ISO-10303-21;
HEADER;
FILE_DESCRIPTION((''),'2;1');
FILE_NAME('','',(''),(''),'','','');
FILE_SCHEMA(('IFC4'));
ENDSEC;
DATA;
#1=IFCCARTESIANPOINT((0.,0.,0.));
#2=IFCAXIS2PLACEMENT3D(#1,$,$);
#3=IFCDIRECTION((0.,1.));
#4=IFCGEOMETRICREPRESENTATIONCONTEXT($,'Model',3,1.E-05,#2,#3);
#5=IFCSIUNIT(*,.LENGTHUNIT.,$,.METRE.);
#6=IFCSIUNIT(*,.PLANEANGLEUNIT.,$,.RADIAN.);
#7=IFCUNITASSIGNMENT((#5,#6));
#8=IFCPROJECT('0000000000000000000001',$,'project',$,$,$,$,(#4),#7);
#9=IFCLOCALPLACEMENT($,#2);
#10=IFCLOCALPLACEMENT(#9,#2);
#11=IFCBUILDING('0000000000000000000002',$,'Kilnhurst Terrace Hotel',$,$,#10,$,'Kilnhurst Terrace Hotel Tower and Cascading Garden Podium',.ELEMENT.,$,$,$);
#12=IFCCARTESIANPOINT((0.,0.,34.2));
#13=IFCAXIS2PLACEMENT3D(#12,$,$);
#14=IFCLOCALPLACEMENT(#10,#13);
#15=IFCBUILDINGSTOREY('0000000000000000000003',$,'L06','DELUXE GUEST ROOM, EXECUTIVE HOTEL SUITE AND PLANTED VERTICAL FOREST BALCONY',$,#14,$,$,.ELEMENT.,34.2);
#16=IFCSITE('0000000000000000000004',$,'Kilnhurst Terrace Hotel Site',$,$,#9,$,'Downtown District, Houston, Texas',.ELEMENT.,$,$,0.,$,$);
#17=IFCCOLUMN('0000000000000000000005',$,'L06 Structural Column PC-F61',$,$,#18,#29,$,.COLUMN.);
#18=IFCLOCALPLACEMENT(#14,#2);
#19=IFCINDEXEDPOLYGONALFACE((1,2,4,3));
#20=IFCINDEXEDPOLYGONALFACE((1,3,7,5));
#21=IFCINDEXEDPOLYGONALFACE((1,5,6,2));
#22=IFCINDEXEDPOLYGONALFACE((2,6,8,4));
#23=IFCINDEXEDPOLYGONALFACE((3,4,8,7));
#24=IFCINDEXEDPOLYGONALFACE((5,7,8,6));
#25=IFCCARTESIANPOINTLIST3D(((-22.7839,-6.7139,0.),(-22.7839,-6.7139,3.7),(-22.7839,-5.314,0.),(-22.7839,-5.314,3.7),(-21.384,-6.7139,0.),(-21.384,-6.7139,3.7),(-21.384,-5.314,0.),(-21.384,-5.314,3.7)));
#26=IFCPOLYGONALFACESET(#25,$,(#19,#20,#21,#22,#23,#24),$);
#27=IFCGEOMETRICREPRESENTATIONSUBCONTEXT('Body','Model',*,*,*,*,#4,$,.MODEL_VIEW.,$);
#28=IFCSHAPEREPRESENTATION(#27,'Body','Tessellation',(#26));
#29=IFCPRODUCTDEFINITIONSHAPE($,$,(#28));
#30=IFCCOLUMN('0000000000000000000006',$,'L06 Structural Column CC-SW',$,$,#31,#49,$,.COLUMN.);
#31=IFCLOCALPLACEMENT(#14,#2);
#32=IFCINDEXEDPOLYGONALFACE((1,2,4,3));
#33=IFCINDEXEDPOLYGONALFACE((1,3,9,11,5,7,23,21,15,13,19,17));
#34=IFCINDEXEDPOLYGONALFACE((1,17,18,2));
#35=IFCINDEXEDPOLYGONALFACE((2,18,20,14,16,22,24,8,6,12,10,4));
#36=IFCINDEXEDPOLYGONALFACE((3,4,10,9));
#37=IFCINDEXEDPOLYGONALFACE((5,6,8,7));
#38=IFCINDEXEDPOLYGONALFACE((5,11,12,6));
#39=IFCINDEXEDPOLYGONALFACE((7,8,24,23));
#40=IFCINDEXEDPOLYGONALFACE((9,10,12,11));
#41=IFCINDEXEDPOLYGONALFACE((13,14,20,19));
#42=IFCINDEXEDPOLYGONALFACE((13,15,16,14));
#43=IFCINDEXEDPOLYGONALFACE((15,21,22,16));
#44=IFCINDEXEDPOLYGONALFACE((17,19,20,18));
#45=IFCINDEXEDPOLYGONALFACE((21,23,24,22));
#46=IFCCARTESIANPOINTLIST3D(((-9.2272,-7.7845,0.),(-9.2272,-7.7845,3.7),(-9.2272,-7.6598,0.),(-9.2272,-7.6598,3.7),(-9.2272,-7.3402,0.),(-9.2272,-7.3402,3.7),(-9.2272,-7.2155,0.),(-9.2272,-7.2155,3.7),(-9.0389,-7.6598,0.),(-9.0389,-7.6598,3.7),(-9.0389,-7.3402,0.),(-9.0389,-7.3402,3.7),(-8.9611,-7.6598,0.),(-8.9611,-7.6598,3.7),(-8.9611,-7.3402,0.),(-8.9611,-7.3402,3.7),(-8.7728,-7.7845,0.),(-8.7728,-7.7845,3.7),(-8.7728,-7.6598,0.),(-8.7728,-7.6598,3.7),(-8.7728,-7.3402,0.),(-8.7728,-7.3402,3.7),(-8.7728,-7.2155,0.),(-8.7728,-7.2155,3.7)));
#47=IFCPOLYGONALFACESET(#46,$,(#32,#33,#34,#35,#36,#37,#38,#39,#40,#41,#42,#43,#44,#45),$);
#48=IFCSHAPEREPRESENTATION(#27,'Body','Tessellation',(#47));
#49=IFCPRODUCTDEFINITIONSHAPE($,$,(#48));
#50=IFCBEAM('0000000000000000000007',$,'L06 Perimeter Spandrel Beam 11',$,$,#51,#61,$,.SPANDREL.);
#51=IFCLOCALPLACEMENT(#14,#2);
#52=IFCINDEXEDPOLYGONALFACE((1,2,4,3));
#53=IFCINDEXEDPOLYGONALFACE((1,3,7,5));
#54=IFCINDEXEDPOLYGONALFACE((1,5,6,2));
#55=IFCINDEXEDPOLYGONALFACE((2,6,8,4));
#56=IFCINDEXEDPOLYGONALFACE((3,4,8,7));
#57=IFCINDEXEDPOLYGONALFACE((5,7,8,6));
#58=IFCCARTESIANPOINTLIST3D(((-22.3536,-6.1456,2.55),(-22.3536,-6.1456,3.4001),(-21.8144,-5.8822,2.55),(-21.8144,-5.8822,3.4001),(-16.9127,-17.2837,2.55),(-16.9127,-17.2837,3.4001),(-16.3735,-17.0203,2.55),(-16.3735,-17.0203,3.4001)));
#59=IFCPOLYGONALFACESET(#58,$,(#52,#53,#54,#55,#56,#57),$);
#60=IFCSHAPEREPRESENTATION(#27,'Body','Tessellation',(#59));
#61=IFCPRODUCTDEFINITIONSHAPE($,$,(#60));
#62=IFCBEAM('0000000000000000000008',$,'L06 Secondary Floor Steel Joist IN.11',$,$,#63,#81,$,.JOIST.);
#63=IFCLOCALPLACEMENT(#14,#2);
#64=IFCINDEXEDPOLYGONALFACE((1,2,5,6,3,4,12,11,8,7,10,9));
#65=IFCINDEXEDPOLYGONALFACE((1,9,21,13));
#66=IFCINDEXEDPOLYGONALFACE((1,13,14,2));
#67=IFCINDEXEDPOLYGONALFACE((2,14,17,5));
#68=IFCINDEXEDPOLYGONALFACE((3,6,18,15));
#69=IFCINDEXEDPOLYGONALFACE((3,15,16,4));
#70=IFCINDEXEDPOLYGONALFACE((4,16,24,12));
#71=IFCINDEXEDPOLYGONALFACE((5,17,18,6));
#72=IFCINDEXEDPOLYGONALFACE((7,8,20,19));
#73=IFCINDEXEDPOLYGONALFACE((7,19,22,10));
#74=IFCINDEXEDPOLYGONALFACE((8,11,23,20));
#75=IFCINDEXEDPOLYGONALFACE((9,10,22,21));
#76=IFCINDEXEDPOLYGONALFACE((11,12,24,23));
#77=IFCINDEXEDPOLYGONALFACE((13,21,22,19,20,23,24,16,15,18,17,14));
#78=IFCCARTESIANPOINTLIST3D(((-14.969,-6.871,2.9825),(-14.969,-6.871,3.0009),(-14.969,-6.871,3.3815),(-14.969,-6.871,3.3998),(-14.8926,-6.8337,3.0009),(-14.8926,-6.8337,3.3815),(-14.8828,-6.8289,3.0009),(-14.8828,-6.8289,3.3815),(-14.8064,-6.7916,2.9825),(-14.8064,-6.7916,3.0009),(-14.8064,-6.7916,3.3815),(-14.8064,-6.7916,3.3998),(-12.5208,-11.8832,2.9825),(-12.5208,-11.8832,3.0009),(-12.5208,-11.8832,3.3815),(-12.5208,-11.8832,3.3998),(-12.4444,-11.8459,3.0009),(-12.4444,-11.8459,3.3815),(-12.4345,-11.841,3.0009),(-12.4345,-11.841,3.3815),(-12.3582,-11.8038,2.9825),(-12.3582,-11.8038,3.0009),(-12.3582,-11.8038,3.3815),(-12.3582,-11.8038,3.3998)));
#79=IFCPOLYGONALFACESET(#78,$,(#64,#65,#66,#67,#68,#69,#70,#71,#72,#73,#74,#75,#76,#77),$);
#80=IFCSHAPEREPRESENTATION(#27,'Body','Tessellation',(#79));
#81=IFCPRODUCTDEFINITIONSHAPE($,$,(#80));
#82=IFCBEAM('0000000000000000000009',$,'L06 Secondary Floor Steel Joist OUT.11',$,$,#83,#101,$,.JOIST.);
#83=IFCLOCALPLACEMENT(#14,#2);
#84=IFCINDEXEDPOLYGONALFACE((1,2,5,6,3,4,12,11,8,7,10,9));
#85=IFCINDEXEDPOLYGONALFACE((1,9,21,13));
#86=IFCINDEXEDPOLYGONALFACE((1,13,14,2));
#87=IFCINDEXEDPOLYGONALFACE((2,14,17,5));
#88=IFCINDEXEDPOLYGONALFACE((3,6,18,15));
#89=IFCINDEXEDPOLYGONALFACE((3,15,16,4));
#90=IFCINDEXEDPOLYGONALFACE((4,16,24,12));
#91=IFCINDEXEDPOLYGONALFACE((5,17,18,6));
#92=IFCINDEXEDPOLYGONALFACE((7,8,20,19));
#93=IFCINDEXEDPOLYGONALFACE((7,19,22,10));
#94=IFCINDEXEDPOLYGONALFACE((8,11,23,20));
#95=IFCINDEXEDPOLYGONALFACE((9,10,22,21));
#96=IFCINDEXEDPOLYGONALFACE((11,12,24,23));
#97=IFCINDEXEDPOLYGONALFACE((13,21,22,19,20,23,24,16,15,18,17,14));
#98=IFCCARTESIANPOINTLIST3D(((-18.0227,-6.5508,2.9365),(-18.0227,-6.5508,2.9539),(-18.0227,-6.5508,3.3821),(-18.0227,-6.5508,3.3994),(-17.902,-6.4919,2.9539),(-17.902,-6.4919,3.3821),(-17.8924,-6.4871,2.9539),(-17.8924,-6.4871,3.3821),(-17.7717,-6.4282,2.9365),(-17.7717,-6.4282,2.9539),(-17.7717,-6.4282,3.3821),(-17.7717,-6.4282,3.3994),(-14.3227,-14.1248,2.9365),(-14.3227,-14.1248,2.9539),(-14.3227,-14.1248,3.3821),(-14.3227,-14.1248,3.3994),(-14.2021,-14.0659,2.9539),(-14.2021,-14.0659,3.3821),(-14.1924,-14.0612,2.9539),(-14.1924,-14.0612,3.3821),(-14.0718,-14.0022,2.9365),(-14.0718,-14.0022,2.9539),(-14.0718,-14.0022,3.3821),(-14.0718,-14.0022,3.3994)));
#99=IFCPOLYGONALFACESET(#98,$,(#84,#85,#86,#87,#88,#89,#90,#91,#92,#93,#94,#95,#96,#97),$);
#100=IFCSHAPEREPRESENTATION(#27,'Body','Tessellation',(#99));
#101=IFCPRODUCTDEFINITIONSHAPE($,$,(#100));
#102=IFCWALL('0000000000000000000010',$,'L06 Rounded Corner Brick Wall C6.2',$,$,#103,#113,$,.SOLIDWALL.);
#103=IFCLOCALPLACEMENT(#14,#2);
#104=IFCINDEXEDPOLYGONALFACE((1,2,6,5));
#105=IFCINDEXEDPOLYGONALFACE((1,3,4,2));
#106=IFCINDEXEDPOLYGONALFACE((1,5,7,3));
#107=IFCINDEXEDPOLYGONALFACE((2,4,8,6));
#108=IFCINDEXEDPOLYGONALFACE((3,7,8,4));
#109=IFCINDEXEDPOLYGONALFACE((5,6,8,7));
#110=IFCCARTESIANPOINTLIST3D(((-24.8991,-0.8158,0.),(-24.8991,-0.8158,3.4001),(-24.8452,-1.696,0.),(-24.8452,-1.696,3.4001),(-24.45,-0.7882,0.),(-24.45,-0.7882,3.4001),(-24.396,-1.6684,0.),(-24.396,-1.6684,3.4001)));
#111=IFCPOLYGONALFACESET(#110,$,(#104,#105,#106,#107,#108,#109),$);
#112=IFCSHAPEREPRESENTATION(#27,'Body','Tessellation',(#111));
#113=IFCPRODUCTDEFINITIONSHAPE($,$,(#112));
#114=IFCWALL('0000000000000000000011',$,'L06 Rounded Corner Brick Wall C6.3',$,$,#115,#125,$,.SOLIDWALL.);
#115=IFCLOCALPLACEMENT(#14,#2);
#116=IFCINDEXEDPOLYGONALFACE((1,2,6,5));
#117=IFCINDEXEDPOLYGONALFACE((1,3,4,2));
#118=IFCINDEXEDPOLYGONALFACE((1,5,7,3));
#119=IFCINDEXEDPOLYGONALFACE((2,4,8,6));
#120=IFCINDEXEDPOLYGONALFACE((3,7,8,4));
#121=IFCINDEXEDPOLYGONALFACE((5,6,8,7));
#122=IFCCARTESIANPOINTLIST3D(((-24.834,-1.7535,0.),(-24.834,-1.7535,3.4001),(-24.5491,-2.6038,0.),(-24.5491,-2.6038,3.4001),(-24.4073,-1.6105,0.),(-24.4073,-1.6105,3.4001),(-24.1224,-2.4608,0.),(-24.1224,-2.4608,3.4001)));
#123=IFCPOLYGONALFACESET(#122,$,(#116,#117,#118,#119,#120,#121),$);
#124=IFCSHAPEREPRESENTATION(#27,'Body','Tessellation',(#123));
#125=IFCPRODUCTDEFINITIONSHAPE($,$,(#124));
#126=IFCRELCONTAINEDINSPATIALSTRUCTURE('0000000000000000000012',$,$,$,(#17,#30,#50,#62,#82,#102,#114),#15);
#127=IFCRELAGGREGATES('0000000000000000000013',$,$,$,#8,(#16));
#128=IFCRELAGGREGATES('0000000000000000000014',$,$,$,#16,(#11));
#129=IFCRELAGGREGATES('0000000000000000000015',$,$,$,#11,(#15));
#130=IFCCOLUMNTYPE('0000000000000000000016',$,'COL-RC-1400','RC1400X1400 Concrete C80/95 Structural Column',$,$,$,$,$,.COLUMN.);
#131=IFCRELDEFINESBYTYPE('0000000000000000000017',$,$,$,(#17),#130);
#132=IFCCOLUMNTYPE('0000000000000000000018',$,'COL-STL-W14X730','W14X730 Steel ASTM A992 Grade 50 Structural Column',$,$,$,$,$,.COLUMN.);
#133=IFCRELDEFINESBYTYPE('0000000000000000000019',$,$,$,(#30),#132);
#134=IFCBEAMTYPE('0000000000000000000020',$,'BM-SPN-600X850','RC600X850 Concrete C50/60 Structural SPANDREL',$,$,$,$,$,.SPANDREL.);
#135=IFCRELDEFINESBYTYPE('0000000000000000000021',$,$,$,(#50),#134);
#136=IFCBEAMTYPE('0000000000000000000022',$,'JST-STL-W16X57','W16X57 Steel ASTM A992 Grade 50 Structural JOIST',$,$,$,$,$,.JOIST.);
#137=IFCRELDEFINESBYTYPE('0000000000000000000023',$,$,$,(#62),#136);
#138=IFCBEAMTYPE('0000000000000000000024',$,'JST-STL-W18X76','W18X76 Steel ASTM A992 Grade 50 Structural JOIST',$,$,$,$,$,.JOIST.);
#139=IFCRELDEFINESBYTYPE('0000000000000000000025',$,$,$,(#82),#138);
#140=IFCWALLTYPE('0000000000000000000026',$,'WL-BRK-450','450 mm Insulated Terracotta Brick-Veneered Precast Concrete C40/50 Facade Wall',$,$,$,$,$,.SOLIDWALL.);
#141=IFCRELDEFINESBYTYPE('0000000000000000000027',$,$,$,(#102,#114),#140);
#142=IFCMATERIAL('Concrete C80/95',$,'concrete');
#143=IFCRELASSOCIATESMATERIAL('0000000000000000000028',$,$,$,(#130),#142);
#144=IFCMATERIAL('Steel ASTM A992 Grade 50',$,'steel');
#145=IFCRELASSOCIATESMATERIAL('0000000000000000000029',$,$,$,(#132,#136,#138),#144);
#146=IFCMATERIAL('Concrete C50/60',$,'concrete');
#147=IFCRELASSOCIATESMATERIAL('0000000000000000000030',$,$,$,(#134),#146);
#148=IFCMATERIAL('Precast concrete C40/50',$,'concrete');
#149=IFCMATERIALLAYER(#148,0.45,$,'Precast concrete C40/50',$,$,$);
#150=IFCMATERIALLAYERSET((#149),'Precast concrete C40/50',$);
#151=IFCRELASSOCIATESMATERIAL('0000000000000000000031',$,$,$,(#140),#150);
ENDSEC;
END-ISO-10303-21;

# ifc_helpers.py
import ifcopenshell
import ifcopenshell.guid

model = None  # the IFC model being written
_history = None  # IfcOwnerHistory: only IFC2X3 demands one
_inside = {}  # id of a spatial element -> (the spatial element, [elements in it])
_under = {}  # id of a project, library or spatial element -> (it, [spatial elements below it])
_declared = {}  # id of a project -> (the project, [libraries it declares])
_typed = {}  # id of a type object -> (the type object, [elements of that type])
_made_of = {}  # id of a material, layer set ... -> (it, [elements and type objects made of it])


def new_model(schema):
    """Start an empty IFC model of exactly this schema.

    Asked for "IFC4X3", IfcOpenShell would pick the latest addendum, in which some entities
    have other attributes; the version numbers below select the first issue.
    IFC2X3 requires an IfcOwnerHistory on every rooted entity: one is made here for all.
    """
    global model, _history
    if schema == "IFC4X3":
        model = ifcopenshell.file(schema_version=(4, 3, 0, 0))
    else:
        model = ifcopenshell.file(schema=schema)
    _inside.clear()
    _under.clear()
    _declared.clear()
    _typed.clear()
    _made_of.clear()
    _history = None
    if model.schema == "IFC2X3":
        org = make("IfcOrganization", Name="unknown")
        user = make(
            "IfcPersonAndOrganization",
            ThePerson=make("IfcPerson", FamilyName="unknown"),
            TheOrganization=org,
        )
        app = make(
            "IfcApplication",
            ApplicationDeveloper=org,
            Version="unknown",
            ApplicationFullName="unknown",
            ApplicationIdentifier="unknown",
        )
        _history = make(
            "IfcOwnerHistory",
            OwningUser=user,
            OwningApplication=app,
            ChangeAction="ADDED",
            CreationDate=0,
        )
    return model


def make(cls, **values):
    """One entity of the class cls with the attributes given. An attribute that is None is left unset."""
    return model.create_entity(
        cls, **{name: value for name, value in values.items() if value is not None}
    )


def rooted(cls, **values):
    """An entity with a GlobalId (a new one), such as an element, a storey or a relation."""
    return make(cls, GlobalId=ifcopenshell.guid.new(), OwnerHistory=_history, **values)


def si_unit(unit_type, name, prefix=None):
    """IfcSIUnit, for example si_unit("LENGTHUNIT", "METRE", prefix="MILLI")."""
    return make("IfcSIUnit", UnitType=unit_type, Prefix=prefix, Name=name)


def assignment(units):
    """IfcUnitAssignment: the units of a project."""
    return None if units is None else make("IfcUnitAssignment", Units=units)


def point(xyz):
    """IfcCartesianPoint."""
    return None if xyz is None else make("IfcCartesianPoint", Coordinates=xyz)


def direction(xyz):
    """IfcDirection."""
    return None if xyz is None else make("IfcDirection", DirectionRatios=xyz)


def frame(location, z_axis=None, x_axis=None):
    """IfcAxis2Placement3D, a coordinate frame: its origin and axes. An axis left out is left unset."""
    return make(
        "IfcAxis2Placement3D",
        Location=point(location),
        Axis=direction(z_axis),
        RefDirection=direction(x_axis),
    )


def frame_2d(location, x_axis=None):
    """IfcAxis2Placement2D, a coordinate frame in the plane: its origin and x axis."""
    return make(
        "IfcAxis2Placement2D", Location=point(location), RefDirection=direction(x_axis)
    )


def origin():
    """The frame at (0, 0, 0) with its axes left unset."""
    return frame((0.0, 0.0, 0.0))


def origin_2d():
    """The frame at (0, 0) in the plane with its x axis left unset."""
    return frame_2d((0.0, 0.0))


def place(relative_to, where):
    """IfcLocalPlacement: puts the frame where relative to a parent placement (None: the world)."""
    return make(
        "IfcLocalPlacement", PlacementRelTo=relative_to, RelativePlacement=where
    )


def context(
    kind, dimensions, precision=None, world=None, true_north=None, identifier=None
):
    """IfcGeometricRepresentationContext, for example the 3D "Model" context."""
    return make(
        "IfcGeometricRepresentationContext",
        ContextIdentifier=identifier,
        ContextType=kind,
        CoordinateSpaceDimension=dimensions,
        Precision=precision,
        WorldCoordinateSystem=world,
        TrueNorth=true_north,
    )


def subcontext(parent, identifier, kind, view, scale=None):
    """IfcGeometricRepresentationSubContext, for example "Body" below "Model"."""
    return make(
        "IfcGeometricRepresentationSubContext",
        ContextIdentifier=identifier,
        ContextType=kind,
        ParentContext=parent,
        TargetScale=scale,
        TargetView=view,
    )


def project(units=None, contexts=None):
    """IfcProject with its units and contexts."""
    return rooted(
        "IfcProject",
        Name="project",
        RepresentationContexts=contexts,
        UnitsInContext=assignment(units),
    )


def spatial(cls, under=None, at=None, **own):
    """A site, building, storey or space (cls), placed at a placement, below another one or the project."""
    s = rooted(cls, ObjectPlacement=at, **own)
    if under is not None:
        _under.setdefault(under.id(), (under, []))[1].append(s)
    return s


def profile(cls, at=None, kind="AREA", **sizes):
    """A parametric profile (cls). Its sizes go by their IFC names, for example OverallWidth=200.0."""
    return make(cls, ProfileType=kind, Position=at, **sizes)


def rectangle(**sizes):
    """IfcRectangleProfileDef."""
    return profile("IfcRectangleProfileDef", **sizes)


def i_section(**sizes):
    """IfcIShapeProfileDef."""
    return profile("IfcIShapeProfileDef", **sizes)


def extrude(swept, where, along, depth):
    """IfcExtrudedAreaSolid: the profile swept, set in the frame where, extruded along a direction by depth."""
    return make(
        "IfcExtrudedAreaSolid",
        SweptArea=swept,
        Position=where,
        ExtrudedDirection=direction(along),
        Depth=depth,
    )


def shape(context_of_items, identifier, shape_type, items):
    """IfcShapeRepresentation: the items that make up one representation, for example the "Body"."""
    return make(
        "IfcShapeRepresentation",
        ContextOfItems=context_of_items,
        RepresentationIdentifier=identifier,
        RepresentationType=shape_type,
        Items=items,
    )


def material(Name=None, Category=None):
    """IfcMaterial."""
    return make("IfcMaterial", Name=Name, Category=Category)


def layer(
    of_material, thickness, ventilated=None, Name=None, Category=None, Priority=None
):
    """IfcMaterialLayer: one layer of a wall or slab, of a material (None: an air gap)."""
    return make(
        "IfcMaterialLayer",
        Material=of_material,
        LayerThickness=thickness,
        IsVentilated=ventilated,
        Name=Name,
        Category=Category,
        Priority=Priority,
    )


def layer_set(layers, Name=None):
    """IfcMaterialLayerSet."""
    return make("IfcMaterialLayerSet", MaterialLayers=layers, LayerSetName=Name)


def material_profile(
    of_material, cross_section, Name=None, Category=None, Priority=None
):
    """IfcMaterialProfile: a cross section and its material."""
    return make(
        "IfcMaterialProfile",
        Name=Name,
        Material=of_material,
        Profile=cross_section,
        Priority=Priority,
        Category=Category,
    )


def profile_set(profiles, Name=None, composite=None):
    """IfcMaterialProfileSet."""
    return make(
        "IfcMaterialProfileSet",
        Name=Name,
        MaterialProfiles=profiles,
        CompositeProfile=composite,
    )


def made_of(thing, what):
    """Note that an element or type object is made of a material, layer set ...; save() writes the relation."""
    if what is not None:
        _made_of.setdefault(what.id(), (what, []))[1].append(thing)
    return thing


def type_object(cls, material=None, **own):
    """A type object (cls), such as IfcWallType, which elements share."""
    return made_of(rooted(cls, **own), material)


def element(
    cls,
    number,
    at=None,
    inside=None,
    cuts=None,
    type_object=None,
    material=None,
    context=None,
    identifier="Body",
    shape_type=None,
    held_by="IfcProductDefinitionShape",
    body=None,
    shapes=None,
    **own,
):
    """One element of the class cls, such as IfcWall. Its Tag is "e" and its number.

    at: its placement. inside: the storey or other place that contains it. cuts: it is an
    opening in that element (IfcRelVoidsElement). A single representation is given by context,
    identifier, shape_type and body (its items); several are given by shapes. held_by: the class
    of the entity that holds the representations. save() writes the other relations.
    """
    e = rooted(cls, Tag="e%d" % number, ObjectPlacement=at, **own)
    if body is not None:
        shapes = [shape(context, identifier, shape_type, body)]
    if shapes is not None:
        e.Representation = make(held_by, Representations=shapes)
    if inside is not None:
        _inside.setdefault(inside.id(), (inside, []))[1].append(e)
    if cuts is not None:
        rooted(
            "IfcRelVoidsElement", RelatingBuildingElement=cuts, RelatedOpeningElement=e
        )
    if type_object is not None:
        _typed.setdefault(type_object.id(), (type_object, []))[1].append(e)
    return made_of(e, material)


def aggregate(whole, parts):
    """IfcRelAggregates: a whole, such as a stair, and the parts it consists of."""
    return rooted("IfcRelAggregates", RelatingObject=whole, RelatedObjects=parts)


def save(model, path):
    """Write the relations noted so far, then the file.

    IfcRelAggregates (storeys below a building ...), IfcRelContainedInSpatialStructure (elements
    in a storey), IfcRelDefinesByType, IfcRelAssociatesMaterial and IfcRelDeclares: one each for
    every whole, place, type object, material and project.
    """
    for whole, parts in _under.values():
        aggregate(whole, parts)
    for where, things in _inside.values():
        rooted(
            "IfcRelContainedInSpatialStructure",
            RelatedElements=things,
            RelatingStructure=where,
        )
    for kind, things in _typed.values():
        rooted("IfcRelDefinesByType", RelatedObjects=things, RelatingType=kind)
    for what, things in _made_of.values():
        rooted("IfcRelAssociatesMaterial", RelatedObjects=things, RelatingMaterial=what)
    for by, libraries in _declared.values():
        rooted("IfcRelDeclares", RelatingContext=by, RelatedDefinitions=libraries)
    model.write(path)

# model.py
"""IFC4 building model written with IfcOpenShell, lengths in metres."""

from ifc_helpers import new_model, si_unit, direction, frame, frame_2d, origin, origin_2d, place, context, subcontext, project, spatial, rectangle, i_section, extrude, material, layer, layer_set, material_profile, profile_set, type_object, element, save


model = new_model("IFC4")

# Units and contexts
model_context = context("Model", 3, precision=1e-05, world=origin(), true_north=direction((0.0, 1.0)))
body_context = subcontext(model_context, "Body", "Model", "MODEL_VIEW")
ifc_project = project(units=[si_unit("LENGTHUNIT", "METRE"), si_unit("PLANEANGLEUNIT", "RADIAN")], contexts=[model_context])

# Site, building, storey
site_placement = place(None, origin())
site = spatial("IfcSite", under=ifc_project, at=site_placement, Name="Kilnhurst Terrace Hotel Site", LongName="Downtown District, Houston, Texas", CompositionType="ELEMENT", RefElevation=0.0)
building_placement = place(site_placement, origin())
building = spatial("IfcBuilding", under=site, at=building_placement, Name="Kilnhurst Terrace Hotel", LongName="Kilnhurst Terrace Hotel Tower and Cascading Garden Podium", CompositionType="ELEMENT")
storey_placement = place(building_placement, frame((0.0, 0.0, 34.2)))
storey = spatial("IfcBuildingStorey", under=building, at=storey_placement, Name="L06", Description="DELUXE GUEST ROOM, EXECUTIVE HOTEL SUITE AND PLANTED VERTICAL FOREST BALCONY", CompositionType="ELEMENT", Elevation=34.2)

# Columns
ifc_material_1 = material(Name="Concrete C80/95", Category="concrete")
ifc_material_profile_1 = material_profile(ifc_material_1, rectangle(XDim=1.3999, YDim=1.3999, at=origin_2d()), Name="RC1400X1400")
ifc_profile_set_1 = profile_set([ifc_material_profile_1], Name="Concrete C80/95")
column_type_1 = type_object("IfcColumnType", Name="COL-RC-1400", Description="RC1400X1400 Concrete C80/95 Structural Column", PredefinedType="COLUMN", material=ifc_profile_set_1)
column_1_placement = place(storey_placement, frame((-22.084, -6.0139, 0.0), z_axis=(0.0, 0.0, 1.0), x_axis=(1.0, 0.0, 0.0)))
element("IfcColumn", 1, at=column_1_placement, inside=storey, type_object=column_type_1, Name="L06 Structural Column PC-F61", PredefinedType="COLUMN", context=body_context, shape_type="SweptSolid", body=[
    extrude(rectangle(XDim=1.3999, YDim=1.3999, at=origin_2d()), origin(), (0.0, 0.0, 1.0), 3.7),
])
ifc_material_2 = material(Name="Steel ASTM A992 Grade 50", Category="steel")
ifc_material_profile_2 = material_profile(ifc_material_2, i_section(OverallWidth=0.4543, OverallDepth=0.5691, WebThickness=0.0779, FlangeThickness=0.1248, at=origin_2d()), Name="W14X730")
ifc_profile_set_2 = profile_set([ifc_material_profile_2], Name="Steel ASTM A992 Grade 50")
column_type_2 = type_object("IfcColumnType", Name="COL-STL-W14X730", Description="W14X730 Steel ASTM A992 Grade 50 Structural Column", PredefinedType="COLUMN", material=ifc_profile_set_2)
column_2_placement = place(storey_placement, frame((-9.0, -7.5, 0.0), z_axis=(0.0, 0.0, 1.0), x_axis=(1.0, 0.0, 0.0)))
element("IfcColumn", 2, at=column_2_placement, inside=storey, type_object=column_type_2, Name="L06 Structural Column CC-SW", PredefinedType="COLUMN", context=body_context, shape_type="SweptSolid", body=[
    extrude(i_section(OverallWidth=0.4543, OverallDepth=0.5691, WebThickness=0.0779, FlangeThickness=0.1248, at=origin_2d()), origin(), (0.0, 0.0, 1.0), 3.7),
])

# Beams
ifc_material_3 = material(Name="Concrete C50/60", Category="concrete")
ifc_material_profile_3 = material_profile(ifc_material_3, rectangle(XDim=0.6001, YDim=0.8501, at=origin_2d()), Name="RC600X850")
ifc_profile_set_3 = profile_set([ifc_material_profile_3], Name="Concrete C50/60")
beam_type_1 = type_object("IfcBeamType", Name="BM-SPN-600X850", Description="RC600X850 Concrete C50/60 Structural SPANDREL", PredefinedType="SPANDREL", material=ifc_profile_set_3)
beam_1_placement = place(storey_placement, frame((-22.084, -6.0139, 2.9751), z_axis=(0.438923, -0.898525, 0.0), x_axis=(0.898525, 0.438923, 0.0)))
element("IfcBeam", 3, at=beam_1_placement, inside=storey, type_object=beam_type_1, Name="L06 Perimeter Spandrel Beam 11", PredefinedType="SPANDREL", context=body_context, shape_type="SweptSolid", body=[
    extrude(rectangle(XDim=0.6001, YDim=0.8501, at=origin_2d()), origin(), (0.0, 0.0, 1.0), 12.396),
])
ifc_material_profile_4 = material_profile(ifc_material_2, i_section(OverallWidth=0.1809, OverallDepth=0.4172, WebThickness=0.011, FlangeThickness=0.0183, at=origin_2d()), Name="W16X57")
ifc_profile_set_4 = profile_set([ifc_material_profile_4], Name="Steel ASTM A992 Grade 50")
beam_type_2 = type_object("IfcBeamType", Name="JST-STL-W16X57", Description="W16X57 Steel ASTM A992 Grade 50 Structural JOIST", PredefinedType="JOIST", material=ifc_profile_set_4)
beam_2_placement = place(storey_placement, frame((-14.8877, -6.8313, 3.1912), z_axis=(0.438896, -0.898538, 0.0), x_axis=(0.898538, 0.438896, 0.0)))
element("IfcBeam", 4, at=beam_2_placement, inside=storey, type_object=beam_type_2, Name="L06 Secondary Floor Steel Joist IN.11", PredefinedType="JOIST", context=body_context, shape_type="SweptSolid", body=[
    extrude(i_section(OverallWidth=0.1809, OverallDepth=0.4172, WebThickness=0.011, FlangeThickness=0.0183, at=origin_2d()), origin(), (0.0, 0.0, 1.0), 5.5781),
])
ifc_material_profile_5 = material_profile(ifc_material_2, i_section(OverallWidth=0.2793, OverallDepth=0.4629, WebThickness=0.0107, FlangeThickness=0.0173, at=origin_2d()), Name="W18X76")
ifc_profile_set_5 = profile_set([ifc_material_profile_5], Name="Steel ASTM A992 Grade 50")
beam_type_3 = type_object("IfcBeamType", Name="JST-STL-W18X76", Description="W18X76 Steel ASTM A992 Grade 50 Structural JOIST", PredefinedType="JOIST", material=ifc_profile_set_5)
beam_3_placement = place(storey_placement, frame((-17.8972, -6.4895, 3.168), z_axis=(0.438934, -0.898519, 0.0), x_axis=(0.898519, 0.438934, 0.0)))
element("IfcBeam", 5, at=beam_3_placement, inside=storey, type_object=beam_type_3, Name="L06 Secondary Floor Steel Joist OUT.11", PredefinedType="JOIST", context=body_context, shape_type="SweptSolid", body=[
    extrude(i_section(OverallWidth=0.2793, OverallDepth=0.4629, WebThickness=0.0107, FlangeThickness=0.0173, at=origin_2d()), origin(), (0.0, 0.0, 1.0), 8.4294),
])

# Walls
ifc_material_4 = material(Name="Precast concrete C40/50", Category="concrete")
ifc_layer_1 = layer(ifc_material_4, 0.45, Name="Precast concrete C40/50")
ifc_layer_set_1 = layer_set([ifc_layer_1], Name="Precast concrete C40/50")
wall_type_1 = type_object("IfcWallType", Name="WL-BRK-450", Description="450 mm Insulated Terracotta Brick-Veneered Precast Concrete C40/50 Facade Wall", PredefinedType="SOLIDWALL", material=ifc_layer_set_1)
wall_1_placement = place(storey_placement, frame((-24.6746, -0.802, 0.0), z_axis=(0.0, 0.0, 1.0), x_axis=(0.061189, -0.998126, 0.0)))
element("IfcWall", 6, at=wall_1_placement, inside=storey, type_object=wall_type_1, Name="L06 Rounded Corner Brick Wall C6.2", PredefinedType="SOLIDWALL", context=body_context, shape_type="SweptSolid", body=[
    extrude(rectangle(XDim=0.8818, YDim=0.45, at=frame_2d((0.4409, 0.0))), origin(), (0.0, 0.0, 1.0), 3.4001),
])
wall_2_placement = place(storey_placement, frame((-24.6206, -1.6821, 0.0), z_axis=(0.0, 0.0, 1.0), x_axis=(0.317697, -0.948192, 0.0)))
element("IfcWall", 7, at=wall_2_placement, inside=storey, type_object=wall_type_1, Name="L06 Rounded Corner Brick Wall C6.3", PredefinedType="SOLIDWALL", context=body_context, shape_type="SweptSolid", body=[
    extrude(rectangle(XDim=0.8967, YDim=0.45, at=frame_2d((0.4482, 0.0))), origin(), (0.0, 0.0, 1.0), 3.4001),
])

save(model, "model.ifc")
